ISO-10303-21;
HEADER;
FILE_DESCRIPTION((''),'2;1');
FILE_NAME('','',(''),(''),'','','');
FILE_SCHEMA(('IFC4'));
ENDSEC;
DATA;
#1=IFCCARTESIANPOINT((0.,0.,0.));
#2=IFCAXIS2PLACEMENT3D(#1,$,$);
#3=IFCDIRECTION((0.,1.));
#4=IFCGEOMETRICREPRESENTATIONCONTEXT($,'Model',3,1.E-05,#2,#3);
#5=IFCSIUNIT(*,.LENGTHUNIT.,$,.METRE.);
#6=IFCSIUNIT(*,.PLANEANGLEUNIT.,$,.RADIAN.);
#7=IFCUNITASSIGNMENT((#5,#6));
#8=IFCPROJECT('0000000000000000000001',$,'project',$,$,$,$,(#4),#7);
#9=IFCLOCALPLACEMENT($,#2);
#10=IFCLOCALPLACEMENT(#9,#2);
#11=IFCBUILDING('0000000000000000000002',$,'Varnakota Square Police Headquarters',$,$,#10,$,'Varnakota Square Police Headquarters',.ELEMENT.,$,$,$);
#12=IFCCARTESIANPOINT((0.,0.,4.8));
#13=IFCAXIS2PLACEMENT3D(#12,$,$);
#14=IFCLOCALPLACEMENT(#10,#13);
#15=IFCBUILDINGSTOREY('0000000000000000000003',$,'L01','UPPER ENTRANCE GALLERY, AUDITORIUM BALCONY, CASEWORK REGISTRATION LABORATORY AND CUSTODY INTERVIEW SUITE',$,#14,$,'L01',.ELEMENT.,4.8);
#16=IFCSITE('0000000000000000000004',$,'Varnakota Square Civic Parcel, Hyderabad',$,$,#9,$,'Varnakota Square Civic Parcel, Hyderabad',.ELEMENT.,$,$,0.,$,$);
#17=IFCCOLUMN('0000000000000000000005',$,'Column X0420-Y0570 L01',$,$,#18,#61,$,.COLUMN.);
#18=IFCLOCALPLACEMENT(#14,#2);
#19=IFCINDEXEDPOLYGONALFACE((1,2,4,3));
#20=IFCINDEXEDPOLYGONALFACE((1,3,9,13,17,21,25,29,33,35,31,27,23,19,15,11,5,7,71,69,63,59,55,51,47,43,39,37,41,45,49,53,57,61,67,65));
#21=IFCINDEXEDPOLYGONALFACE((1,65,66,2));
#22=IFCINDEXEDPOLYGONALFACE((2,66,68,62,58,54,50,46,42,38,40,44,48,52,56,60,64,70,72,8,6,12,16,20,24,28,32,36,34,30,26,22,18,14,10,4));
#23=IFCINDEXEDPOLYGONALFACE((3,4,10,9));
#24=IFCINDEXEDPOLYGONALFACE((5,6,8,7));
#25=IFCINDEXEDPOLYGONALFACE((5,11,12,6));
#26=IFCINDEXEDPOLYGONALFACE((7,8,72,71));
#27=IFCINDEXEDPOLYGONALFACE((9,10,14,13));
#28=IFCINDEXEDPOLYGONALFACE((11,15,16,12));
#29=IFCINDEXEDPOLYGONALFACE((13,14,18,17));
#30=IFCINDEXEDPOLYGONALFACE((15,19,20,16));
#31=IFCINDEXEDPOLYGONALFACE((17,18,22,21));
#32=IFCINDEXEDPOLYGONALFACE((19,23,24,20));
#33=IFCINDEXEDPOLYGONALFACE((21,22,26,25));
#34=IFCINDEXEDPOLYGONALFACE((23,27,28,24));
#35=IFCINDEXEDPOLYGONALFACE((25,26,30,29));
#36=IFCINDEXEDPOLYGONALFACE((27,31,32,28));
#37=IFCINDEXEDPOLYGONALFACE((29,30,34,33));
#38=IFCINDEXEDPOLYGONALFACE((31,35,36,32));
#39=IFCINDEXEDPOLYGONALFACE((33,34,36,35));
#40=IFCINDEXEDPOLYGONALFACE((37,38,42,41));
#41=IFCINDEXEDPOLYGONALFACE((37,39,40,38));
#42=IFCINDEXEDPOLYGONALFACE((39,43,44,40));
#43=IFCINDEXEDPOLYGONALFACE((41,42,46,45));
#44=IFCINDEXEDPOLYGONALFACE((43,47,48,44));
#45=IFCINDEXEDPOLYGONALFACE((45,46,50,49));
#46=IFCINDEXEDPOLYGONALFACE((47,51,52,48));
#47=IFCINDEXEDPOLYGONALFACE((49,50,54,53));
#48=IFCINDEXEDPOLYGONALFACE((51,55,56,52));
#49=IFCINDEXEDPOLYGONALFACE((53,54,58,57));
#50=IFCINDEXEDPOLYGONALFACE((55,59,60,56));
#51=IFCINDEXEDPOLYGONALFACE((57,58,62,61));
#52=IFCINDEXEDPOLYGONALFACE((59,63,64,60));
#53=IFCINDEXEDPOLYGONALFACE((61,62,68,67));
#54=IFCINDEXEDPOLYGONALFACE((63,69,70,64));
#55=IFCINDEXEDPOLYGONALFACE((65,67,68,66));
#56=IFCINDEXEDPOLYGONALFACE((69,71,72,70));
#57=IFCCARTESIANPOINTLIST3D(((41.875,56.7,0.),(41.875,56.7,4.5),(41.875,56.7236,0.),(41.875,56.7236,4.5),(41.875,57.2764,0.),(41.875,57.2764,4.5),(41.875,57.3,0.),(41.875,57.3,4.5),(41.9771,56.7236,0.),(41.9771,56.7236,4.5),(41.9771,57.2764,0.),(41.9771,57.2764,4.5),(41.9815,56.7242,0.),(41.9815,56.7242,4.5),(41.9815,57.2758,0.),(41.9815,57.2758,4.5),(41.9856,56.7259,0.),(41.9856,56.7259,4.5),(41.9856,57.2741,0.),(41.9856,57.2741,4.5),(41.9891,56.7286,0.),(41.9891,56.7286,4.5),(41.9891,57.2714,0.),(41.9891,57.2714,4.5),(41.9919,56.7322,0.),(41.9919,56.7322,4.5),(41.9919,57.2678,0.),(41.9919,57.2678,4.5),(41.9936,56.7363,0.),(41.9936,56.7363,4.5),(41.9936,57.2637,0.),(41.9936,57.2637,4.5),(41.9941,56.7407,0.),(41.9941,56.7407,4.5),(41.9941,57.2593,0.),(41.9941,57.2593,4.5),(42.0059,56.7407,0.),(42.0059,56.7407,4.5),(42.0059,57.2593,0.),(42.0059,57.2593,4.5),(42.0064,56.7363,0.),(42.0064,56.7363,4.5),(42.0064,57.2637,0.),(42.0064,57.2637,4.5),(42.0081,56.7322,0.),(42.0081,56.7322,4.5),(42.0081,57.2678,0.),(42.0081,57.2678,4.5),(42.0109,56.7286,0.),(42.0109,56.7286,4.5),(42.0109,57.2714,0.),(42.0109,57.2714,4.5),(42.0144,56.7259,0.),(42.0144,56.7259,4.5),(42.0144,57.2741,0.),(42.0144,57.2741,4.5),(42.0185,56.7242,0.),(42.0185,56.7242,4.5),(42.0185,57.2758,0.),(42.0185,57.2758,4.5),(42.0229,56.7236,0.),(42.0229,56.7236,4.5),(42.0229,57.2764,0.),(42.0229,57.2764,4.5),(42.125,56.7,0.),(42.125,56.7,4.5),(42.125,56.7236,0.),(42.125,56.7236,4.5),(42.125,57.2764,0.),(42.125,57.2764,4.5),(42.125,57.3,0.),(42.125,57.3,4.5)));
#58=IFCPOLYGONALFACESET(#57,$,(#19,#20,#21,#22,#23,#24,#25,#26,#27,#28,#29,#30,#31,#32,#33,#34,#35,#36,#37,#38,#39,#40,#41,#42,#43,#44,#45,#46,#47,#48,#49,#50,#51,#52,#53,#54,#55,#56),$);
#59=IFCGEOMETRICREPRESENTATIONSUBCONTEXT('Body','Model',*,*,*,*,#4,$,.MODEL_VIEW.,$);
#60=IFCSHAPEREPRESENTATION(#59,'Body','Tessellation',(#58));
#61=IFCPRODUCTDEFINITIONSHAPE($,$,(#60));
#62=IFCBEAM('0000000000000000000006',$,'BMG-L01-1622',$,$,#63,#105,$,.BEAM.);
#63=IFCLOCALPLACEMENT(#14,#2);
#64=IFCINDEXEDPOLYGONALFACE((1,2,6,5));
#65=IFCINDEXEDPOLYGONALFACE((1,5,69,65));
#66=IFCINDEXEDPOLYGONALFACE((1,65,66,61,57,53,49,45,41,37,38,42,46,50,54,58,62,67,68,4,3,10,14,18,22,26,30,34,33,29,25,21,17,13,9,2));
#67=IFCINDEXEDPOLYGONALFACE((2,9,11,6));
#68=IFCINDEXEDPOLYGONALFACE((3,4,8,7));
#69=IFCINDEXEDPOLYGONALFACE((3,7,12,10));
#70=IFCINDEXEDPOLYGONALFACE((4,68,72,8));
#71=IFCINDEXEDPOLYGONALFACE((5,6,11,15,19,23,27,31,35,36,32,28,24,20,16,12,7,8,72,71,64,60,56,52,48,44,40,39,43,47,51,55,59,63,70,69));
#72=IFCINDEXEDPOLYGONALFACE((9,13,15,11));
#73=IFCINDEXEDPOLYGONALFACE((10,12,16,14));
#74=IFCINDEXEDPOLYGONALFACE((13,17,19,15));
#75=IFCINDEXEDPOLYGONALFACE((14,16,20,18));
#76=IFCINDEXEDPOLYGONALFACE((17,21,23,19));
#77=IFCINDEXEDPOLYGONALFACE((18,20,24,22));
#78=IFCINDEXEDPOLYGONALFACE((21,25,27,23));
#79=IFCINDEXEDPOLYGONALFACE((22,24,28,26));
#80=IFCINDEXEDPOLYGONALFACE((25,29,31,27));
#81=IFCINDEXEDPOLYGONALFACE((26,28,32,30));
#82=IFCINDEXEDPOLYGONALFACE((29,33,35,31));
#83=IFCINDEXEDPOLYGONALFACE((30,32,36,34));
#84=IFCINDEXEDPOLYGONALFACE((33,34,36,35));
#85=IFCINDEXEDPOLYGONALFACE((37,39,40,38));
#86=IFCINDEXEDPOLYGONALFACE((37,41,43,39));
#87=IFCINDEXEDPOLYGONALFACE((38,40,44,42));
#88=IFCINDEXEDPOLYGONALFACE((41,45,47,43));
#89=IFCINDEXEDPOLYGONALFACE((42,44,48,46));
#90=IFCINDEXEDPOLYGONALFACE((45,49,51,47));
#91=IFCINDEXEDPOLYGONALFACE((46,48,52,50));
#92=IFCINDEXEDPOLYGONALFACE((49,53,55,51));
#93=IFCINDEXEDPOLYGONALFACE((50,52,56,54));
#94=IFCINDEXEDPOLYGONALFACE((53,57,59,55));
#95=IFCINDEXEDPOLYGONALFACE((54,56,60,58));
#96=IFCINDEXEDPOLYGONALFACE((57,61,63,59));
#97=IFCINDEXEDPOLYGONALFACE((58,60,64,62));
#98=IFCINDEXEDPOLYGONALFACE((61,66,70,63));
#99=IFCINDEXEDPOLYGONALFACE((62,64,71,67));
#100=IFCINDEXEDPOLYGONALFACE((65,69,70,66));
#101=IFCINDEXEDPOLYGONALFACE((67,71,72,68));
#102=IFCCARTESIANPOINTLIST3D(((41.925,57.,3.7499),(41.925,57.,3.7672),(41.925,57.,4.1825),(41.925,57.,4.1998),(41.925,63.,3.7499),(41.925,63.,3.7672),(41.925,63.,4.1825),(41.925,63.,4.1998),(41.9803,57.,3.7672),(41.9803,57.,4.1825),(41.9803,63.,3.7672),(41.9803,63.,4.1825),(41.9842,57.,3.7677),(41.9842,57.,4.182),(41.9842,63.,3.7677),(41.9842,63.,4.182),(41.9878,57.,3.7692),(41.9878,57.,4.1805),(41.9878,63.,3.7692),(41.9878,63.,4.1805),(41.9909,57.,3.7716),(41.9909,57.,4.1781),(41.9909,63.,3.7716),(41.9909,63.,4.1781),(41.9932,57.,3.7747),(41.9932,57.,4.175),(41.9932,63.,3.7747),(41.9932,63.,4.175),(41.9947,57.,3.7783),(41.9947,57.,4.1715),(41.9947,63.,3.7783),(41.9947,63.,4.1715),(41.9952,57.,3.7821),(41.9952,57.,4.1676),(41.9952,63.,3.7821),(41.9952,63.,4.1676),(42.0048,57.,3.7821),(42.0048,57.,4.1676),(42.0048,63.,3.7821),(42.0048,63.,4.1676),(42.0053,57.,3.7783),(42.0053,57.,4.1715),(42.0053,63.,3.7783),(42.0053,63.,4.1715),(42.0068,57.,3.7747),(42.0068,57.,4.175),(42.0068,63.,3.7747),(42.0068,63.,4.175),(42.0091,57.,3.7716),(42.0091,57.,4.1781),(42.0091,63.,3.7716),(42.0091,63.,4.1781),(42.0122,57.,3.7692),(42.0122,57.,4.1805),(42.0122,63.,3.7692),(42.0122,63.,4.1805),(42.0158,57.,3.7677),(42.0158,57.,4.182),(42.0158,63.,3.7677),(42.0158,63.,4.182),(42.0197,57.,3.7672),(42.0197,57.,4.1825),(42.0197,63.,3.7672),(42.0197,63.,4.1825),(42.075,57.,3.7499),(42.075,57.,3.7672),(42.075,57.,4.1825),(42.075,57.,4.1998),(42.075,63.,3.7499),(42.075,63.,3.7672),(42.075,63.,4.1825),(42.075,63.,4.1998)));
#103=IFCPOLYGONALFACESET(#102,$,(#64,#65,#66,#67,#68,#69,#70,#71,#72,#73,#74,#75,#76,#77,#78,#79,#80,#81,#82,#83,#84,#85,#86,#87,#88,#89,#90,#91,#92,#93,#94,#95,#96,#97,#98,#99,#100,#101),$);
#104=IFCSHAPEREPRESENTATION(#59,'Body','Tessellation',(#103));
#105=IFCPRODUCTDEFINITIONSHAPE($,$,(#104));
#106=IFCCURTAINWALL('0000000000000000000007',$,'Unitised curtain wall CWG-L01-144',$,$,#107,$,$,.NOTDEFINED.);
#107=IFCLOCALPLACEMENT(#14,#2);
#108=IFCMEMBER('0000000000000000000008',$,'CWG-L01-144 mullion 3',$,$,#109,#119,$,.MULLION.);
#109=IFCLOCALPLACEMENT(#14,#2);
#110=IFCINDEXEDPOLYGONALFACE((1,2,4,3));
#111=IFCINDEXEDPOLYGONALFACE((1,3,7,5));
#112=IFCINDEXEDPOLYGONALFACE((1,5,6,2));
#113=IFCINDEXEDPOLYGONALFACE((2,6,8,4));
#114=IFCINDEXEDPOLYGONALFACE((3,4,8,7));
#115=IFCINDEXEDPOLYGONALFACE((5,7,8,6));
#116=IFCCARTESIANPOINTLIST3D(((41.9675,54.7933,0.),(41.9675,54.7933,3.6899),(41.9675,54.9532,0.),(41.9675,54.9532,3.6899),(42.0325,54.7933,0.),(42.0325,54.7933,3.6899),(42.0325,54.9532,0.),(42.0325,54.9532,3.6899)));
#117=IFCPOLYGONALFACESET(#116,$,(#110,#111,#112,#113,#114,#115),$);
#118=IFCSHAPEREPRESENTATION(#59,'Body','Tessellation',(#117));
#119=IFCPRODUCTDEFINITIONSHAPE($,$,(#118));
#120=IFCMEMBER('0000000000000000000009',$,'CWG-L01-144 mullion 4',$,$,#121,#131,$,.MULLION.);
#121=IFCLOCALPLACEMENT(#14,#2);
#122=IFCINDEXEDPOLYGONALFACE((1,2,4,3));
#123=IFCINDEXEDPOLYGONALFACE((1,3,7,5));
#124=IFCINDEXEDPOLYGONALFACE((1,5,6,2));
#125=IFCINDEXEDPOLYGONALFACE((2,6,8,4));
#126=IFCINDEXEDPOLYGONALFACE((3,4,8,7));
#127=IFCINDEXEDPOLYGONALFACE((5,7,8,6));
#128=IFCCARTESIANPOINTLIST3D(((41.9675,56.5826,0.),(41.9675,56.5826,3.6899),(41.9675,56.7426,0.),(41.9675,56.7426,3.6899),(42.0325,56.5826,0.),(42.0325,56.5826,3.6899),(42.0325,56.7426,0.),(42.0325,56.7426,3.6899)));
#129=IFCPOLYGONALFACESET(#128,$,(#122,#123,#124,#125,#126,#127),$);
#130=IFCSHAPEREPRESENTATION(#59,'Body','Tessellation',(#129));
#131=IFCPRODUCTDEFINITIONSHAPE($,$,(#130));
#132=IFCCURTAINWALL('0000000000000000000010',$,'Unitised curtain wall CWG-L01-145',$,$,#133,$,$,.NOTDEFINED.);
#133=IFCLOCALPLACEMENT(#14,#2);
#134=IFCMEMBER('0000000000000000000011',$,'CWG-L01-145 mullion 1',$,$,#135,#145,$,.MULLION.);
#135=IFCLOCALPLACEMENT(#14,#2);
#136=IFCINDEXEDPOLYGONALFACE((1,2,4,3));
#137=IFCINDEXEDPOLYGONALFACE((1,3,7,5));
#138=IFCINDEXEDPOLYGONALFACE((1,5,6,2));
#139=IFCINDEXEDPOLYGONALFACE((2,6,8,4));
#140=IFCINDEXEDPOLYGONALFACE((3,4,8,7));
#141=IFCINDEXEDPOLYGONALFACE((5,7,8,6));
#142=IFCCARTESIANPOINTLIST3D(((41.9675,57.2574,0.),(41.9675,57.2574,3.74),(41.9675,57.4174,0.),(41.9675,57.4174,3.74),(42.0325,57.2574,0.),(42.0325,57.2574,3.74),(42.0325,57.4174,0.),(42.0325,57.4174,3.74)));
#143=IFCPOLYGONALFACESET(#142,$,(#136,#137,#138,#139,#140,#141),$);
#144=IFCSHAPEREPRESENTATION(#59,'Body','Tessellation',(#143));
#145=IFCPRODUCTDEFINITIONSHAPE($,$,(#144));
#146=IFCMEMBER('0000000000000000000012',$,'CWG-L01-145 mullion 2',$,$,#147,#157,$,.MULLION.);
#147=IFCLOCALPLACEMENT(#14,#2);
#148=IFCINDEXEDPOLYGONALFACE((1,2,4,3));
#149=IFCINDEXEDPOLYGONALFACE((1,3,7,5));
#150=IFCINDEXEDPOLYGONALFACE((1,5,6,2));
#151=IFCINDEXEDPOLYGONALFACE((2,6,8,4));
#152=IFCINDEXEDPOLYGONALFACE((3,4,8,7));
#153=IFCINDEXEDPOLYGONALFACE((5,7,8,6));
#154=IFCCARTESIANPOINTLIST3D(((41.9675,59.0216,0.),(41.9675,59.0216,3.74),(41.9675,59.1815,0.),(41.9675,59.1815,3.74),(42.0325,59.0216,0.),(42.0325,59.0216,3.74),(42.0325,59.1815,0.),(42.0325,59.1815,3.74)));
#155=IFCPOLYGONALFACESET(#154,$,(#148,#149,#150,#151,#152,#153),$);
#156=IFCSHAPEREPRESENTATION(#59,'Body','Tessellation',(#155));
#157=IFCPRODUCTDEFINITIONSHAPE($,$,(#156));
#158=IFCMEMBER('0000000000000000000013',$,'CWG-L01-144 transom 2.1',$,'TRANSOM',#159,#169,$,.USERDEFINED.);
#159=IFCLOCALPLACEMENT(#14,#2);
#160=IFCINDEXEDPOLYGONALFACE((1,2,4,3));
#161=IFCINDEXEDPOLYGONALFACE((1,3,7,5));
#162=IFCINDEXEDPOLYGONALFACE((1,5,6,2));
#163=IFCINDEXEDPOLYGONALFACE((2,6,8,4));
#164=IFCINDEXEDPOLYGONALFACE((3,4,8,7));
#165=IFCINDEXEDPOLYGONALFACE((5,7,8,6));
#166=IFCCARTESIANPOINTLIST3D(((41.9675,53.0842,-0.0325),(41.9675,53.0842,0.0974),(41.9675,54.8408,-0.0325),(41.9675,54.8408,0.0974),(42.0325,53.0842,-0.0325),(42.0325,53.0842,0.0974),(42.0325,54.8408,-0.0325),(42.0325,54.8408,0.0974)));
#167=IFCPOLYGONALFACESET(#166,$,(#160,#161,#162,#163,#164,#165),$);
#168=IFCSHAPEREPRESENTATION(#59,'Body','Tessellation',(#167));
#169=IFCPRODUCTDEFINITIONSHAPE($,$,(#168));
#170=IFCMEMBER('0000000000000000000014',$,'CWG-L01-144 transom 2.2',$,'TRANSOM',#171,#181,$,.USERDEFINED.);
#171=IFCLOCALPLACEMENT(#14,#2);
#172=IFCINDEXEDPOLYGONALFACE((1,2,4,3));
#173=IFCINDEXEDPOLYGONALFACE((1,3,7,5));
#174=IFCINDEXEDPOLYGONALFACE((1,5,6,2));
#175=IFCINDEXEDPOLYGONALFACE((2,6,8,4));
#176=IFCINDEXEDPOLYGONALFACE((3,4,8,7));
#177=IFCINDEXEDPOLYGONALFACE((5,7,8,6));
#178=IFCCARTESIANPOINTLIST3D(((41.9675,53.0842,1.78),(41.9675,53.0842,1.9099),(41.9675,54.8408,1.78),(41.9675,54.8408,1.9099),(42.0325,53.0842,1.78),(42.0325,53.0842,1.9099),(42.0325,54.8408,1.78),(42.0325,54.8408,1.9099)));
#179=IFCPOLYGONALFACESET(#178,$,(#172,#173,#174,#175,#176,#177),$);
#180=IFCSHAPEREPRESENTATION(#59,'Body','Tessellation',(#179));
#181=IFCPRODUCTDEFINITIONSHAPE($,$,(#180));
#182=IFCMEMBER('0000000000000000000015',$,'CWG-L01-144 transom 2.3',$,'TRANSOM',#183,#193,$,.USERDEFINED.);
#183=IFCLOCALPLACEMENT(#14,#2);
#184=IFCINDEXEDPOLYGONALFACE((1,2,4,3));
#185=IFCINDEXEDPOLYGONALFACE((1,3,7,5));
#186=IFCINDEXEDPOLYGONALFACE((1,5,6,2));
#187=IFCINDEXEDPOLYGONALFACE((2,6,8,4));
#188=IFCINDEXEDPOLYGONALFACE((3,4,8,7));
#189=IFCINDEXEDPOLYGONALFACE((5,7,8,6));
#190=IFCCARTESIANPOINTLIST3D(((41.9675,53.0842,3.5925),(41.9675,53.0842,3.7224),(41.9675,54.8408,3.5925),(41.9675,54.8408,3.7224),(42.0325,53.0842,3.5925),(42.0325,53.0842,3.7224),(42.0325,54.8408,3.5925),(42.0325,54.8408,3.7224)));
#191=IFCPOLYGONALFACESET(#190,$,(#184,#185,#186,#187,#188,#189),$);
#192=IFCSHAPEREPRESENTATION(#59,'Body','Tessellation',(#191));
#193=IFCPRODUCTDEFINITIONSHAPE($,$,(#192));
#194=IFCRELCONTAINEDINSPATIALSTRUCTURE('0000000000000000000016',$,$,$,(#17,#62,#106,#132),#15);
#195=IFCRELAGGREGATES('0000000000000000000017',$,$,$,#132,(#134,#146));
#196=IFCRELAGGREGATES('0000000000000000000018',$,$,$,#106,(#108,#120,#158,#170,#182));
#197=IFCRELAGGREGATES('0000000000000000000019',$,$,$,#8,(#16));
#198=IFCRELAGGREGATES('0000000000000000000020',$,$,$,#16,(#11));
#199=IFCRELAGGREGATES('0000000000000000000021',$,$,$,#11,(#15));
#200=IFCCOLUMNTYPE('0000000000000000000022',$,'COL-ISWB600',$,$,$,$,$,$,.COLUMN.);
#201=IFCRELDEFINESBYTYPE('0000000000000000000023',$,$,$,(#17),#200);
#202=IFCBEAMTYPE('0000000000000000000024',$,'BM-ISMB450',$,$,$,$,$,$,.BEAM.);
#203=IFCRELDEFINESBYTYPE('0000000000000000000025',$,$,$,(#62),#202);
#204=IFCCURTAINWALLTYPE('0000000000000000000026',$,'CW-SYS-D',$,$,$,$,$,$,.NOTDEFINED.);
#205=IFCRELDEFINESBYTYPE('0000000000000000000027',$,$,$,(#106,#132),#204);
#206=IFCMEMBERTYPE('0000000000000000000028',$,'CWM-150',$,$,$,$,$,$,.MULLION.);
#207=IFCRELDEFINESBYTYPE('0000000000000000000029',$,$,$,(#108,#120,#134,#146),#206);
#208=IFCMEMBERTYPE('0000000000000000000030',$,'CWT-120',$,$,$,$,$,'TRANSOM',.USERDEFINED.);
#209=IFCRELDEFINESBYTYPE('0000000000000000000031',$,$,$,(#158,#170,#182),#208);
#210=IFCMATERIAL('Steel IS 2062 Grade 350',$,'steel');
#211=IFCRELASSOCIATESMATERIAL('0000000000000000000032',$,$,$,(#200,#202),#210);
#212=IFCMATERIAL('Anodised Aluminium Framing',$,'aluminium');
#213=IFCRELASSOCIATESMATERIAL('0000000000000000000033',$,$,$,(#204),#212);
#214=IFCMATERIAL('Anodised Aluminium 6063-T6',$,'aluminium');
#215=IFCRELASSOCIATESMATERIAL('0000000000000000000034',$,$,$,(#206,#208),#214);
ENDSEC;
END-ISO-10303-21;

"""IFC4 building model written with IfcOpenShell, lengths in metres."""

from ifc_helpers import new_model, si_unit, direction, frame, origin, origin_2d, place, context, subcontext, project, spatial, rectangle, i_section, extrude, material, material_profile, profile_set, type_object, element, aggregate, save


model = new_model("IFC4")

# Units and contexts
model_context = context("Model", 3, precision=1e-05, world=origin(), true_north=direction((0.0, 1.0)))
body_context = subcontext(model_context, "Body", "Model", "MODEL_VIEW")
ifc_project = project(units=[si_unit("LENGTHUNIT", "METRE"), si_unit("PLANEANGLEUNIT", "RADIAN")], contexts=[model_context])

# Site, building, storey
site_placement = place(None, origin())
site = spatial("IfcSite", under=ifc_project, at=site_placement, Name="Varnakota Square Civic Parcel, Hyderabad", LongName="Varnakota Square Civic Parcel, Hyderabad", CompositionType="ELEMENT", RefElevation=0.0)
building_placement = place(site_placement, origin())
building = spatial("IfcBuilding", under=site, at=building_placement, Name="Varnakota Square Police Headquarters", LongName="Varnakota Square Police Headquarters", CompositionType="ELEMENT")
storey_placement = place(building_placement, frame((0.0, 0.0, 4.8)))
storey = spatial("IfcBuildingStorey", under=building, at=storey_placement, Name="L01", Description="UPPER ENTRANCE GALLERY, AUDITORIUM BALCONY, CASEWORK REGISTRATION LABORATORY AND CUSTODY INTERVIEW SUITE", LongName="L01", CompositionType="ELEMENT", Elevation=4.8)

# Column
ifc_material_1 = material(Name="Steel IS 2062 Grade 350", Category="steel")
ifc_material_profile_1 = material_profile(ifc_material_1, i_section(OverallWidth=0.25, OverallDepth=0.6001, WebThickness=0.0117, FlangeThickness=0.0237, FilletRadius=0.0171, at=origin_2d()), Name="ISWB 600")
ifc_profile_set_1 = profile_set([ifc_material_profile_1], Name="Steel IS 2062 Grade 350")
column_type = type_object("IfcColumnType", Name="COL-ISWB600", PredefinedType="COLUMN", material=ifc_profile_set_1)
column_placement = place(storey_placement, frame((42.0, 57.0, 0.0), z_axis=(0.0, 0.0, 1.0), x_axis=(1.0, 0.0, 0.0)))
element("IfcColumn", 1, at=column_placement, inside=storey, type_object=column_type, Name="Column X0420-Y0570 L01", PredefinedType="COLUMN", context=body_context, shape_type="SweptSolid", body=[
    extrude(i_section(OverallWidth=0.25, OverallDepth=0.6001, WebThickness=0.0117, FlangeThickness=0.0237, FilletRadius=0.0171, at=origin_2d()), origin(), (0.0, 0.0, 1.0), 4.5),
])

# Beam
ifc_material_profile_2 = material_profile(ifc_material_1, i_section(OverallWidth=0.1499, OverallDepth=0.45, WebThickness=0.0095, FlangeThickness=0.0173, FilletRadius=0.0149, at=origin_2d()), Name="ISMB 450")
ifc_profile_set_2 = profile_set([ifc_material_profile_2], Name="Steel IS 2062 Grade 350")
beam_type = type_object("IfcBeamType", Name="BM-ISMB450", PredefinedType="BEAM", material=ifc_profile_set_2)
beam_placement = place(storey_placement, frame((42.0, 57.0, 3.9749), z_axis=(0.0, 1.0, 0.0), x_axis=(-1.0, 0.0, 0.0)))
element("IfcBeam", 2, at=beam_placement, inside=storey, type_object=beam_type, Name="BMG-L01-1622", PredefinedType="BEAM", context=body_context, shape_type="SweptSolid", body=[
    extrude(i_section(OverallWidth=0.1499, OverallDepth=0.45, WebThickness=0.0095, FlangeThickness=0.0173, FilletRadius=0.0149, at=origin_2d()), origin(), (0.0, 0.0, 1.0), 6.0),
])

# Curtain walls, members
ifc_material_2 = material(Name="Anodised Aluminium Framing", Category="aluminium")
curtain_wall_type = type_object("IfcCurtainWallType", Name="CW-SYS-D", PredefinedType="NOTDEFINED", material=ifc_material_2)
curtain_wall_1_placement = place(storey_placement, origin())
curtain_wall_1 = element("IfcCurtainWall", 3, at=curtain_wall_1_placement, inside=storey, type_object=curtain_wall_type, Name="Unitised curtain wall CWG-L01-144", PredefinedType="NOTDEFINED")
ifc_material_3 = material(Name="Anodised Aluminium 6063-T6", Category="aluminium")
ifc_material_profile_3 = material_profile(ifc_material_3, rectangle(XDim=0.0649, YDim=0.1599, at=origin_2d()), Name="ALU MULLION 65x160")
ifc_profile_set_3 = profile_set([ifc_material_profile_3], Name="Anodised Aluminium 6063-T6")
member_type_1 = type_object("IfcMemberType", Name="CWM-150", PredefinedType="MULLION", material=ifc_profile_set_3)
member_1_placement = place(storey_placement, frame((42.0, 54.8733, 0.0), z_axis=(0.0, 0.0, 1.0), x_axis=(-1.0, 0.0, 0.0)))
member_1 = element("IfcMember", 4, at=member_1_placement, type_object=member_type_1, Name="CWG-L01-144 mullion 3", PredefinedType="MULLION", context=body_context, shape_type="SweptSolid", body=[
    extrude(rectangle(XDim=0.0649, YDim=0.1599, at=origin_2d()), origin(), (0.0, 0.0, 1.0), 3.6899),
])
member_2_placement = place(storey_placement, frame((42.0, 56.6626, 0.0), z_axis=(0.0, 0.0, 1.0), x_axis=(-1.0, 0.0, 0.0)))
member_2 = element("IfcMember", 5, at=member_2_placement, type_object=member_type_1, Name="CWG-L01-144 mullion 4", PredefinedType="MULLION", context=body_context, shape_type="SweptSolid", body=[
    extrude(rectangle(XDim=0.0649, YDim=0.1599, at=origin_2d()), origin(), (0.0, 0.0, 1.0), 3.6899),
])
curtain_wall_2_placement = place(storey_placement, origin())
curtain_wall_2 = element("IfcCurtainWall", 6, at=curtain_wall_2_placement, inside=storey, type_object=curtain_wall_type, Name="Unitised curtain wall CWG-L01-145", PredefinedType="NOTDEFINED")
member_3_placement = place(storey_placement, frame((42.0, 57.3374, 0.0), z_axis=(0.0, 0.0, 1.0), x_axis=(-1.0, 0.0, 0.0)))
member_3 = element("IfcMember", 7, at=member_3_placement, type_object=member_type_1, Name="CWG-L01-145 mullion 1", PredefinedType="MULLION", context=body_context, shape_type="SweptSolid", body=[
    extrude(rectangle(XDim=0.0649, YDim=0.1599, at=origin_2d()), origin(), (0.0, 0.0, 1.0), 3.74),
])
member_4_placement = place(storey_placement, frame((42.0, 59.1016, 0.0), z_axis=(0.0, 0.0, 1.0), x_axis=(-1.0, 0.0, 0.0)))
member_4 = element("IfcMember", 8, at=member_4_placement, type_object=member_type_1, Name="CWG-L01-145 mullion 2", PredefinedType="MULLION", context=body_context, shape_type="SweptSolid", body=[
    extrude(rectangle(XDim=0.0649, YDim=0.1599, at=origin_2d()), origin(), (0.0, 0.0, 1.0), 3.74),
])

# Members
ifc_material_profile_4 = material_profile(ifc_material_3, rectangle(XDim=0.0649, YDim=0.1299, at=origin_2d()), Name="ALU TRANSOM 65x130")
ifc_profile_set_4 = profile_set([ifc_material_profile_4], Name="Anodised Aluminium 6063-T6")
member_type_2 = type_object("IfcMemberType", Name="CWT-120", ElementType="TRANSOM", PredefinedType="USERDEFINED", material=ifc_profile_set_4)
member_5_placement = place(storey_placement, frame((42.0, 53.0842, 0.0325), z_axis=(0.0, 1.0, 0.0), x_axis=(-1.0, 0.0, 0.0)))
member_5 = element("IfcMember", 9, at=member_5_placement, type_object=member_type_2, Name="CWG-L01-144 transom 2.1", ObjectType="TRANSOM", PredefinedType="USERDEFINED", context=body_context, shape_type="SweptSolid", body=[
    extrude(rectangle(XDim=0.0649, YDim=0.1299, at=origin_2d()), origin(), (0.0, 0.0, 1.0), 1.7566),
])
member_6_placement = place(storey_placement, frame((42.0, 53.0842, 1.845), z_axis=(0.0, 1.0, 0.0), x_axis=(-1.0, 0.0, 0.0)))
member_6 = element("IfcMember", 10, at=member_6_placement, type_object=member_type_2, Name="CWG-L01-144 transom 2.2", ObjectType="TRANSOM", PredefinedType="USERDEFINED", context=body_context, shape_type="SweptSolid", body=[
    extrude(rectangle(XDim=0.0649, YDim=0.1299, at=origin_2d()), origin(), (0.0, 0.0, 1.0), 1.7566),
])
member_7_placement = place(storey_placement, frame((42.0, 53.0842, 3.6575), z_axis=(0.0, 1.0, 0.0), x_axis=(-1.0, 0.0, 0.0)))
member_7 = element("IfcMember", 11, at=member_7_placement, type_object=member_type_2, Name="CWG-L01-144 transom 2.3", ObjectType="TRANSOM", PredefinedType="USERDEFINED", context=body_context, shape_type="SweptSolid", body=[
    extrude(rectangle(XDim=0.0649, YDim=0.1299, at=origin_2d()), origin(), (0.0, 0.0, 1.0), 1.7566),
])

aggregate(curtain_wall_2, [member_3, member_4])
aggregate(curtain_wall_1, [member_1, member_2, member_5, member_6, member_7])

save(model, "model.ifc")
